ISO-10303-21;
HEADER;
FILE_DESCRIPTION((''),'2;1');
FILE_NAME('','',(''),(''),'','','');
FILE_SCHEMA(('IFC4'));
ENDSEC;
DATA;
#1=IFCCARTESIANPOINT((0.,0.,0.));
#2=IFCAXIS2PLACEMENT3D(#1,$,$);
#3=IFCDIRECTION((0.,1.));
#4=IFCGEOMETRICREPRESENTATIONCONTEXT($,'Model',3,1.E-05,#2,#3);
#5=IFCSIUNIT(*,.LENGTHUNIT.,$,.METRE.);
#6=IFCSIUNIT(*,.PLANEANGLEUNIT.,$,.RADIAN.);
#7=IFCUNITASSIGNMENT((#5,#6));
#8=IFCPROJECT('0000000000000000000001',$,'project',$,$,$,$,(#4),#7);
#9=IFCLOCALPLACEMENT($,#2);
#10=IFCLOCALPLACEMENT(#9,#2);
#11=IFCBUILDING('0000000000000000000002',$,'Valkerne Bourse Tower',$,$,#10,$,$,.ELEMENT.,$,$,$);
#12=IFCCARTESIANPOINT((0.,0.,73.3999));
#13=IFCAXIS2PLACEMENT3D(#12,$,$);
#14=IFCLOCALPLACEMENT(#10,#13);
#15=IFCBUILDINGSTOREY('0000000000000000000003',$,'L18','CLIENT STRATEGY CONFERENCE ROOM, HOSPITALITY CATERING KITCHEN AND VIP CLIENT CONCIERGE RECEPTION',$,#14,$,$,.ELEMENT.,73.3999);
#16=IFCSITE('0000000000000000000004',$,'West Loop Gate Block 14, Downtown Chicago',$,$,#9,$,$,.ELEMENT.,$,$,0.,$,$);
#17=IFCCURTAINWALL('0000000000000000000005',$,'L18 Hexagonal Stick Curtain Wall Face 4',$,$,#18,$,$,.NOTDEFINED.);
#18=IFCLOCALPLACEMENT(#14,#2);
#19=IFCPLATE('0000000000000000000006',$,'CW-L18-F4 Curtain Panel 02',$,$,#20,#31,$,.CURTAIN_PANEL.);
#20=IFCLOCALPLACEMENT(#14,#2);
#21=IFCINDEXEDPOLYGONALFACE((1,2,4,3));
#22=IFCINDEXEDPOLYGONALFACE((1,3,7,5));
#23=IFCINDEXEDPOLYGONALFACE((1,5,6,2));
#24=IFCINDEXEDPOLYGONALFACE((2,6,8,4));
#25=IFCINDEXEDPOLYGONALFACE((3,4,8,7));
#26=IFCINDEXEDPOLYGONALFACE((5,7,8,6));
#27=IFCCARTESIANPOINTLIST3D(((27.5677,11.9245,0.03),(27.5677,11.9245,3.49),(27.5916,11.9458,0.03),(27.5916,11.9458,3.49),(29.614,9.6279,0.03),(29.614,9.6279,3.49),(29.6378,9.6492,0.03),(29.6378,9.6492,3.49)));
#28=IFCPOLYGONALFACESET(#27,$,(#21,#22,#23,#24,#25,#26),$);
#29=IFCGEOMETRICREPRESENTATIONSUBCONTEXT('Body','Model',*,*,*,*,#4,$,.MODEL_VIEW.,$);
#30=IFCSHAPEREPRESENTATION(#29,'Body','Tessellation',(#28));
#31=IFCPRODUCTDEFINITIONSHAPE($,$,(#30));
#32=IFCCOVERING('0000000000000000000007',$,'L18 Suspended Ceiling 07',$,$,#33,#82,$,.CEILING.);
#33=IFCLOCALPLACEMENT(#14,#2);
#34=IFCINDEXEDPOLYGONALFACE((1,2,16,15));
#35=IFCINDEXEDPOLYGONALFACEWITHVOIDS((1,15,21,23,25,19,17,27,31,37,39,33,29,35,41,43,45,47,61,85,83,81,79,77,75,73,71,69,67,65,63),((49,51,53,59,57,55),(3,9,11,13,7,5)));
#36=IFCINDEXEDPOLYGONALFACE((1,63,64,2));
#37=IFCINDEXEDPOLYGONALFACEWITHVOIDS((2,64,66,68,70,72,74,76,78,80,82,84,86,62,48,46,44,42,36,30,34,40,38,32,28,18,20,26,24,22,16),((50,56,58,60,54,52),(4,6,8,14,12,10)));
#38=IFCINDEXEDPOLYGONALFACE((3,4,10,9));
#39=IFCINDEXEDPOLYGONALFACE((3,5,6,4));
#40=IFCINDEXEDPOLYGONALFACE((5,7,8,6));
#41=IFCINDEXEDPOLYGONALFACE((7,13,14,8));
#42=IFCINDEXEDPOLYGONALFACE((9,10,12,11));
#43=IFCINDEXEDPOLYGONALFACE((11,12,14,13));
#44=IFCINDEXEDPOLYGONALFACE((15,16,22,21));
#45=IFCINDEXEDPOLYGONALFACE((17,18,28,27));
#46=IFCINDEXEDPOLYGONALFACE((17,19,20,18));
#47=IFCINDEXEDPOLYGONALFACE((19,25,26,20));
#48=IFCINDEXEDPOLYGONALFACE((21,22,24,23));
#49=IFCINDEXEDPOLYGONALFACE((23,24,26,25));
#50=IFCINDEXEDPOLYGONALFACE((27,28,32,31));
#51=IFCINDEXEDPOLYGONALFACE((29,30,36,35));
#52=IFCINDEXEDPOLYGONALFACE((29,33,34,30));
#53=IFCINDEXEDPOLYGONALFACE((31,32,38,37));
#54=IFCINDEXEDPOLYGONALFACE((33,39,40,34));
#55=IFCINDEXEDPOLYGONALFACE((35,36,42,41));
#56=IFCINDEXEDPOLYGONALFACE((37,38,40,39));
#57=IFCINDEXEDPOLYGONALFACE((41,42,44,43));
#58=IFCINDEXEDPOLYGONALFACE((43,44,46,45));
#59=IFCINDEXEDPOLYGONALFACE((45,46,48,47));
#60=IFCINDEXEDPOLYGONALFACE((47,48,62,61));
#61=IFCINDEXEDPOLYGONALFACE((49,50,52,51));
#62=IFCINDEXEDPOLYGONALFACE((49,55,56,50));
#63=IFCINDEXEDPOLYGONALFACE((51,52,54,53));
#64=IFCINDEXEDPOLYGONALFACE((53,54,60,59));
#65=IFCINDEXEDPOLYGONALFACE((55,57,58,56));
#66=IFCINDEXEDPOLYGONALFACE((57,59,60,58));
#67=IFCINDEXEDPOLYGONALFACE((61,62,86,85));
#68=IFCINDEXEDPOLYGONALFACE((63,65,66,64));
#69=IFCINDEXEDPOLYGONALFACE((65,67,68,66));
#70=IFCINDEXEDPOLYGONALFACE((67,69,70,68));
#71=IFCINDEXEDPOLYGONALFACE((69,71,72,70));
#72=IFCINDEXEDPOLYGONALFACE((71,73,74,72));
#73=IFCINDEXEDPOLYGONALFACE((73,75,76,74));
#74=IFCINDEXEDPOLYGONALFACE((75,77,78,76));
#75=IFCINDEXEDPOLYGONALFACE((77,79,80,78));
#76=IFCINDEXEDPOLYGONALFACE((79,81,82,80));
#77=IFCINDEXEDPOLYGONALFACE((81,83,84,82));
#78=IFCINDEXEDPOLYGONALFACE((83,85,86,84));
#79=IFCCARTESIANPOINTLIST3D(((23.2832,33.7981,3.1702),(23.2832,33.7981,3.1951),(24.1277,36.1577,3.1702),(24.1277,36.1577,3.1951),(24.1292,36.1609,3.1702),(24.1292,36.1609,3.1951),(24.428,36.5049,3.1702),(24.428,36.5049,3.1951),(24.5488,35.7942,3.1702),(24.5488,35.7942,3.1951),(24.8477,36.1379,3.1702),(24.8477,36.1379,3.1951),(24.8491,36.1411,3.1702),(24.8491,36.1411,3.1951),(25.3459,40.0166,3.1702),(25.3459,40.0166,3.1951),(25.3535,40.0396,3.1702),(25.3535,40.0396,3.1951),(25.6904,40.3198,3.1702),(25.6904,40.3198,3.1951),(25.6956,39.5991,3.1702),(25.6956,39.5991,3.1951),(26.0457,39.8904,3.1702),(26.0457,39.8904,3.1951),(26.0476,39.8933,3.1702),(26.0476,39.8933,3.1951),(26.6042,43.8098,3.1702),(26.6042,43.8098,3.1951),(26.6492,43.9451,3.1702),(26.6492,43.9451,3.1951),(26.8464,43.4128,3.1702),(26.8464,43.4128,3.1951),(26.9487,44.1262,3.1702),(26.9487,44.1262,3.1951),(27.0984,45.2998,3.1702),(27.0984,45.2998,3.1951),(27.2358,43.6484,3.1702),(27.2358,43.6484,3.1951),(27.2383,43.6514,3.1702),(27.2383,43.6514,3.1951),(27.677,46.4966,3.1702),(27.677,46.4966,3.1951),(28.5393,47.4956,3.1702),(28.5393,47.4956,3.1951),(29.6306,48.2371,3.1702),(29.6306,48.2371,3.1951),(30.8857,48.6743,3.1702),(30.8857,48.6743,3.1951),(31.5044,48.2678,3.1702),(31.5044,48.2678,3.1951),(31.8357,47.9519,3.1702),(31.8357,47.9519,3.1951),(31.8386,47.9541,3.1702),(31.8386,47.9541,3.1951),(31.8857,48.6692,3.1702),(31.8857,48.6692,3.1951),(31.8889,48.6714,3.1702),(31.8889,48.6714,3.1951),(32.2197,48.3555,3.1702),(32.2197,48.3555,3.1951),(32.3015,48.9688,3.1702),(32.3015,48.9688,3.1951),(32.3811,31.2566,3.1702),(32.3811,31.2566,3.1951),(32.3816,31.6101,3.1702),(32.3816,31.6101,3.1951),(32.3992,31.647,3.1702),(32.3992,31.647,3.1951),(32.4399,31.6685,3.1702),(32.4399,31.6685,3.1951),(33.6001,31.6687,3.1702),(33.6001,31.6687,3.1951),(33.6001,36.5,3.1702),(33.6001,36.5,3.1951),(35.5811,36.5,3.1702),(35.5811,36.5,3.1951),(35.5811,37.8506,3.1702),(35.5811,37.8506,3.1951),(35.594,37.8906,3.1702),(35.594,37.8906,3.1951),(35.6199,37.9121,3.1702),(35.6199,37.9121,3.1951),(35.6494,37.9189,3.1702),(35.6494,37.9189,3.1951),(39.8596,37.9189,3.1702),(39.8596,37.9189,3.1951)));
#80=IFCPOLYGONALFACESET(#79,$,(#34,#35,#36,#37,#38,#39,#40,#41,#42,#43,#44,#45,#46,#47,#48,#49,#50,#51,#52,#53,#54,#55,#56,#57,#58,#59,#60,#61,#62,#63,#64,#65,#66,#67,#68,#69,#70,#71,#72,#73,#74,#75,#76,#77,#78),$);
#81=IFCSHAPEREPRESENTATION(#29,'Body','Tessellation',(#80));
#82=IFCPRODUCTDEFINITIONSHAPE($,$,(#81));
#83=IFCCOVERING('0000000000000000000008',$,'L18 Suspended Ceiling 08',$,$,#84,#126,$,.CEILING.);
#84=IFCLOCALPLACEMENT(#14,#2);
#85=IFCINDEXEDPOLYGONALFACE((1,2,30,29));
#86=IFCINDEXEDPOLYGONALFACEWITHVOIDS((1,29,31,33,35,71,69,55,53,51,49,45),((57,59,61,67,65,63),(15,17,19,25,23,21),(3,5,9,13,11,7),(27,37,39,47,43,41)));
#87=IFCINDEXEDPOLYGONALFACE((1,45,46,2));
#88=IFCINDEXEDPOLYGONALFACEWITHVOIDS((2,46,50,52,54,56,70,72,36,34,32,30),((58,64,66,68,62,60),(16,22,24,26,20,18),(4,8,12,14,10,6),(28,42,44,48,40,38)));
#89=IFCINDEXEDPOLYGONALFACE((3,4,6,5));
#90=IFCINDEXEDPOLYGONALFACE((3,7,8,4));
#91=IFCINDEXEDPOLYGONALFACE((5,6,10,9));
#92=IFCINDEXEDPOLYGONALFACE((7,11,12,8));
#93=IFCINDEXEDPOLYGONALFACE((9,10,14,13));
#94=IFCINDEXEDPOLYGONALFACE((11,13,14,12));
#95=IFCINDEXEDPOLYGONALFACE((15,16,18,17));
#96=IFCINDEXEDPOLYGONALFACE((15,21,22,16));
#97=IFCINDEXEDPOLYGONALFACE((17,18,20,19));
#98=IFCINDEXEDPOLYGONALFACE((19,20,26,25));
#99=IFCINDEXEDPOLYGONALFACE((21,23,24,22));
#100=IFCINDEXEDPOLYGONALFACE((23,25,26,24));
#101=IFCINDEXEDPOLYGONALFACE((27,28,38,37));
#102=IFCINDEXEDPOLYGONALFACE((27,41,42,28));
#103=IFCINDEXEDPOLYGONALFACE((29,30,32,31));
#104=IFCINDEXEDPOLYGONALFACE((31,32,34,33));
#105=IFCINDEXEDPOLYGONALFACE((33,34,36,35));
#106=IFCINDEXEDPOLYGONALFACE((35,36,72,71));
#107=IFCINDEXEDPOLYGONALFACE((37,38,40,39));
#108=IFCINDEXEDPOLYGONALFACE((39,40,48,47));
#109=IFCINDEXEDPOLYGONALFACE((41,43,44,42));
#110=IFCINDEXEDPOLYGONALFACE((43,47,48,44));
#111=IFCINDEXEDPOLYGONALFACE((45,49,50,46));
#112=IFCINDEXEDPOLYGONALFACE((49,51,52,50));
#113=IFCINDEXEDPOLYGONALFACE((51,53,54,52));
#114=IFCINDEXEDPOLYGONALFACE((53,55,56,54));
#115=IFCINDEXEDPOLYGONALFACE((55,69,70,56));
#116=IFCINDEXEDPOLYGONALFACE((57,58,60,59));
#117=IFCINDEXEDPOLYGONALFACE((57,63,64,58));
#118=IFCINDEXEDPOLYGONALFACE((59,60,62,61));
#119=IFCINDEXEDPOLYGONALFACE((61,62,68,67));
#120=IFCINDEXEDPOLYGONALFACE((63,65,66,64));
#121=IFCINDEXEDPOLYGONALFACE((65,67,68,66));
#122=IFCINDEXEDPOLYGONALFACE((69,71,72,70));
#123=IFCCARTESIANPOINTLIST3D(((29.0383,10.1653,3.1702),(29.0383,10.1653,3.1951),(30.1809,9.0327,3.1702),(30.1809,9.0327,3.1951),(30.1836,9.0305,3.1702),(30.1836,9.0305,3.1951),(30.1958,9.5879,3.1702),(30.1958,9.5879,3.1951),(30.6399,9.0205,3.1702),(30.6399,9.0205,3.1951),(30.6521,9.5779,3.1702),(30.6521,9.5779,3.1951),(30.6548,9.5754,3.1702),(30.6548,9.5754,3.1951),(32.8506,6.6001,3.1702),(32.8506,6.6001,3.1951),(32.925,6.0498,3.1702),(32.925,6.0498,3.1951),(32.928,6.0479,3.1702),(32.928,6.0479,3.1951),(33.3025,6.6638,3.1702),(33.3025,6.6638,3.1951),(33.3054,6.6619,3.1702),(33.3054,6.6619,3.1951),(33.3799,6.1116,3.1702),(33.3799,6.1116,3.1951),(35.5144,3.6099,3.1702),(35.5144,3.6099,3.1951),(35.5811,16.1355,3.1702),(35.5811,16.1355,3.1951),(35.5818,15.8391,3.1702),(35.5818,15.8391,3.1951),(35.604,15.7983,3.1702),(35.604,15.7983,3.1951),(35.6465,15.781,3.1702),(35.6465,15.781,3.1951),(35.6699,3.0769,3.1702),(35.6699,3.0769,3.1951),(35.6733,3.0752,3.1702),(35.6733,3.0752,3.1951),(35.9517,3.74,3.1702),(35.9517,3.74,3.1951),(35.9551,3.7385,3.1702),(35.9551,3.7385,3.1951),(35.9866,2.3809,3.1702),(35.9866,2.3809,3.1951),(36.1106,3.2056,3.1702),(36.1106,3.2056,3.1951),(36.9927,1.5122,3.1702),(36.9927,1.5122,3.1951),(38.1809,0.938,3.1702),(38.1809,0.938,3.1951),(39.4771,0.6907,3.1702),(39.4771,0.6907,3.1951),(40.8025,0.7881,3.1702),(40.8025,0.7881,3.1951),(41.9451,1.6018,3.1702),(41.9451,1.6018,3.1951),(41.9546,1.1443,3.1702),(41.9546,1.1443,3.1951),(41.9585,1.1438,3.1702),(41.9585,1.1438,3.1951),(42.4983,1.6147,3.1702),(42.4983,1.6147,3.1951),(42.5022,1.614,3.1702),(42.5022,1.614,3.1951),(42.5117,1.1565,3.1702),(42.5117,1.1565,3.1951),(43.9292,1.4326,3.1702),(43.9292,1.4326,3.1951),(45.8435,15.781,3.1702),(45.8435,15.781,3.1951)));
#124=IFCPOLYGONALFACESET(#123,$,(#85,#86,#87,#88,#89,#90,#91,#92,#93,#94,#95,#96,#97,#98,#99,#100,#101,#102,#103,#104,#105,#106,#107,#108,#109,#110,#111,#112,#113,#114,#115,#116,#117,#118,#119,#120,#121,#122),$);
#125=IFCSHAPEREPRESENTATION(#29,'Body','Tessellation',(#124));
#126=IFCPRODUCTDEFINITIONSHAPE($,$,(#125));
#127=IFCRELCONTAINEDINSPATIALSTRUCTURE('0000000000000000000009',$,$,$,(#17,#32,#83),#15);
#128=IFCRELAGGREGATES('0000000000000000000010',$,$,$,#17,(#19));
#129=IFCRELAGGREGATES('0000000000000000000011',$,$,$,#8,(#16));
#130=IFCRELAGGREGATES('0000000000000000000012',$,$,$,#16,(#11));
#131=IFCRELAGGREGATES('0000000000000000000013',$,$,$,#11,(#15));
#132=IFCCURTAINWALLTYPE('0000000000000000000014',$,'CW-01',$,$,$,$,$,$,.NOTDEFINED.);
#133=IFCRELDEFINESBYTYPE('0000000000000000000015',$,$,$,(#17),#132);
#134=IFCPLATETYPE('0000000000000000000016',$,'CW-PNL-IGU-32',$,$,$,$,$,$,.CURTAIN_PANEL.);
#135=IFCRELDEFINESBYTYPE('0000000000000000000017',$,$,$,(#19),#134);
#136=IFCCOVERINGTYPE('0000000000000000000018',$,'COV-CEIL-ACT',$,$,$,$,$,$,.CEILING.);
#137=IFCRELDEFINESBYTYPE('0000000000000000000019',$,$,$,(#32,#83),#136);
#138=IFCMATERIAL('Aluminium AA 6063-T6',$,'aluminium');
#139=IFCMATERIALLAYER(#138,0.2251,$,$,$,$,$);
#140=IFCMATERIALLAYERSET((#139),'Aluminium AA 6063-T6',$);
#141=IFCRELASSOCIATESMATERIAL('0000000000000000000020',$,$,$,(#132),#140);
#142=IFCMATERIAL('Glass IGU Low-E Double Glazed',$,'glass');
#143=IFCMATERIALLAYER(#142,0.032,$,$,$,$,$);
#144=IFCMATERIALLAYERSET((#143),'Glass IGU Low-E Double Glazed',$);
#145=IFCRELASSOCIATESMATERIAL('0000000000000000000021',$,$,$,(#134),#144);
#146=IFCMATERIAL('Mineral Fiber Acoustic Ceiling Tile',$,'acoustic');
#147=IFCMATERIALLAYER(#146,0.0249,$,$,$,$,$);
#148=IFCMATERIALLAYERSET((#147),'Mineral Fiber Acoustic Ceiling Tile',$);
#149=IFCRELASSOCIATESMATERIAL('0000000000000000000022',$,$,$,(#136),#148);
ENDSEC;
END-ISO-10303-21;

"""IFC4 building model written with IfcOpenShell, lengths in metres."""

from ifc_helpers import new_model, si_unit, direction, frame, origin, origin_2d, place, context, subcontext, project, spatial, polyline, rectangle, outline, extrude, material, layer, layer_set, type_object, element, aggregate, save


model = new_model("IFC4")

# Units and contexts
model_context = context("Model", 3, precision=1e-05, world=origin(), true_north=direction((0.0, 1.0)))
body_context = subcontext(model_context, "Body", "Model", "MODEL_VIEW")
ifc_project = project(units=[si_unit("LENGTHUNIT", "METRE"), si_unit("PLANEANGLEUNIT", "RADIAN")], contexts=[model_context])

# Site, building, storey
site_placement = place(None, origin())
site = spatial("IfcSite", under=ifc_project, at=site_placement, Name="West Loop Gate Block 14, Downtown Chicago", CompositionType="ELEMENT", RefElevation=0.0)
building_placement = place(site_placement, origin())
building = spatial("IfcBuilding", under=site, at=building_placement, Name="Valkerne Bourse Tower", CompositionType="ELEMENT")
storey_placement = place(building_placement, frame((0.0, 0.0, 73.3999)))
storey = spatial("IfcBuildingStorey", under=building, at=storey_placement, Name="L18", Description="CLIENT STRATEGY CONFERENCE ROOM, HOSPITALITY CATERING KITCHEN AND VIP CLIENT CONCIERGE RECEPTION", CompositionType="ELEMENT", Elevation=73.3999)

# Curtain wall
ifc_material_1 = material(Name="Aluminium AA 6063-T6", Category="aluminium")
ifc_layer_1 = layer(ifc_material_1, 0.2251)
ifc_layer_set_1 = layer_set([ifc_layer_1], Name="Aluminium AA 6063-T6")
curtain_wall_type = type_object("IfcCurtainWallType", Name="CW-01", PredefinedType="NOTDEFINED", material=ifc_layer_set_1)
curtain_wall_placement = place(storey_placement, origin())
curtain_wall = element("IfcCurtainWall", 1, at=curtain_wall_placement, inside=storey, type_object=curtain_wall_type, Name="L18 Hexagonal Stick Curtain Wall Face 4", PredefinedType="NOTDEFINED")

# Plate
ifc_material_2 = material(Name="Glass IGU Low-E Double Glazed", Category="glass")
ifc_layer_2 = layer(ifc_material_2, 0.032)
ifc_layer_set_2 = layer_set([ifc_layer_2], Name="Glass IGU Low-E Double Glazed")
plate_type = type_object("IfcPlateType", Name="CW-PNL-IGU-32", PredefinedType="CURTAIN_PANEL", material=ifc_layer_set_2)
plate_1_placement = place(storey_placement, frame((28.6028, 10.7869, 0.03), z_axis=(0.0, 0.0, 1.0), x_axis=(0.665244, -0.746626, 0.0)))
plate_1 = element("IfcPlate", 2, at=plate_1_placement, type_object=plate_type, Name="CW-L18-F4 Curtain Panel 02", PredefinedType="CURTAIN_PANEL", context=body_context, shape_type="SweptSolid", body=[
    extrude(rectangle(XDim=3.0759, YDim=0.032, at=origin_2d()), origin(), (0.0, 0.0, 1.0), 3.46),
])
aggregate(curtain_wall, [plate_1])

# Coverings
ifc_material_3 = material(Name="Mineral Fiber Acoustic Ceiling Tile", Category="acoustic")
ifc_layer_3 = layer(ifc_material_3, 0.0249)
ifc_layer_set_3 = layer_set([ifc_layer_3], Name="Mineral Fiber Acoustic Ceiling Tile")
covering_type_1 = type_object("IfcCoveringType", Name="COV-CEIL-ACT", PredefinedType="CEILING", material=ifc_layer_set_3)
covering_1_placement = place(storey_placement, frame((0.0, 0.0, 3.1702)))
element("IfcCovering", 3, at=covering_1_placement, inside=storey, type_object=covering_type_1, Name="L18 Suspended Ceiling 07", PredefinedType="CEILING", context=body_context, shape_type="SweptSolid", body=[
    extrude(outline(polyline([(28.5393, 47.4956), (29.6306, 48.2371), (30.8857, 48.6743), (32.3015, 48.9688), (39.8596, 37.9189), (35.6494, 37.9189), (35.6199, 37.9121), (35.594, 37.8906), (35.5811, 37.8506), (35.5811, 36.5), (33.6001, 36.5), (33.6001, 31.6687), (32.4399, 31.6685), (32.3992, 31.647), (32.3816, 31.6101), (32.3811, 31.2566), (23.2832, 33.7981), (25.3459, 40.0166), (25.6956, 39.5991), (26.0457, 39.8904), (26.0476, 39.8933), (25.6904, 40.3198), (25.3535, 40.0396), (26.6042, 43.8098), (26.8464, 43.4128), (27.2358, 43.6484), (27.2383, 43.6514), (26.9487, 44.1262), (26.6492, 43.9451), (27.0984, 45.2998), (27.677, 46.4966), (28.5393, 47.4956)]), holes=[polyline([(24.8491, 36.1411), (24.428, 36.5049), (24.1292, 36.1609), (24.1277, 36.1577), (24.5488, 35.7942), (24.8477, 36.1379), (24.8491, 36.1411)]), polyline([(32.2197, 48.3555), (31.8889, 48.6714), (31.8857, 48.6692), (31.5044, 48.2678), (31.8357, 47.9519), (31.8386, 47.9541), (32.2197, 48.3555)])]), origin(), (0.0, 0.0, 1.0), 0.0249),
])
covering_2_placement = place(storey_placement, frame((0.0, 0.0, 3.1702)))
element("IfcCovering", 4, at=covering_2_placement, inside=storey, type_object=covering_type_1, Name="L18 Suspended Ceiling 08", PredefinedType="CEILING", context=body_context, shape_type="SweptSolid", body=[
    extrude(outline(polyline([(38.1809, 0.938), (36.9927, 1.5122), (35.9866, 2.3809), (29.0383, 10.1653), (35.5811, 16.1355), (35.5818, 15.8391), (35.604, 15.7983), (35.6465, 15.781), (45.8435, 15.781), (43.9292, 1.4326), (40.8025, 0.7881), (39.4771, 0.6907), (38.1809, 0.938)]), holes=[polyline([(33.3054, 6.6619), (33.3025, 6.6638), (32.8506, 6.6001), (32.925, 6.0498), (32.928, 6.0479), (33.3799, 6.1116), (33.3054, 6.6619)]), polyline([(30.6521, 9.5779), (30.1958, 9.5879), (30.1809, 9.0327), (30.1836, 9.0305), (30.6399, 9.0205), (30.6548, 9.5754), (30.6521, 9.5779)]), polyline([(42.5117, 1.1565), (42.5022, 1.614), (42.4983, 1.6147), (41.9451, 1.6018), (41.9546, 1.1443), (41.9585, 1.1438), (42.5117, 1.1565)]), polyline([(36.1106, 3.2056), (35.9551, 3.7385), (35.9517, 3.74), (35.5144, 3.6099), (35.6699, 3.0769), (35.6733, 3.0752), (36.1106, 3.2056)])]), origin(), (0.0, 0.0, 1.0), 0.0249),
])

save(model, "model.ifc")
